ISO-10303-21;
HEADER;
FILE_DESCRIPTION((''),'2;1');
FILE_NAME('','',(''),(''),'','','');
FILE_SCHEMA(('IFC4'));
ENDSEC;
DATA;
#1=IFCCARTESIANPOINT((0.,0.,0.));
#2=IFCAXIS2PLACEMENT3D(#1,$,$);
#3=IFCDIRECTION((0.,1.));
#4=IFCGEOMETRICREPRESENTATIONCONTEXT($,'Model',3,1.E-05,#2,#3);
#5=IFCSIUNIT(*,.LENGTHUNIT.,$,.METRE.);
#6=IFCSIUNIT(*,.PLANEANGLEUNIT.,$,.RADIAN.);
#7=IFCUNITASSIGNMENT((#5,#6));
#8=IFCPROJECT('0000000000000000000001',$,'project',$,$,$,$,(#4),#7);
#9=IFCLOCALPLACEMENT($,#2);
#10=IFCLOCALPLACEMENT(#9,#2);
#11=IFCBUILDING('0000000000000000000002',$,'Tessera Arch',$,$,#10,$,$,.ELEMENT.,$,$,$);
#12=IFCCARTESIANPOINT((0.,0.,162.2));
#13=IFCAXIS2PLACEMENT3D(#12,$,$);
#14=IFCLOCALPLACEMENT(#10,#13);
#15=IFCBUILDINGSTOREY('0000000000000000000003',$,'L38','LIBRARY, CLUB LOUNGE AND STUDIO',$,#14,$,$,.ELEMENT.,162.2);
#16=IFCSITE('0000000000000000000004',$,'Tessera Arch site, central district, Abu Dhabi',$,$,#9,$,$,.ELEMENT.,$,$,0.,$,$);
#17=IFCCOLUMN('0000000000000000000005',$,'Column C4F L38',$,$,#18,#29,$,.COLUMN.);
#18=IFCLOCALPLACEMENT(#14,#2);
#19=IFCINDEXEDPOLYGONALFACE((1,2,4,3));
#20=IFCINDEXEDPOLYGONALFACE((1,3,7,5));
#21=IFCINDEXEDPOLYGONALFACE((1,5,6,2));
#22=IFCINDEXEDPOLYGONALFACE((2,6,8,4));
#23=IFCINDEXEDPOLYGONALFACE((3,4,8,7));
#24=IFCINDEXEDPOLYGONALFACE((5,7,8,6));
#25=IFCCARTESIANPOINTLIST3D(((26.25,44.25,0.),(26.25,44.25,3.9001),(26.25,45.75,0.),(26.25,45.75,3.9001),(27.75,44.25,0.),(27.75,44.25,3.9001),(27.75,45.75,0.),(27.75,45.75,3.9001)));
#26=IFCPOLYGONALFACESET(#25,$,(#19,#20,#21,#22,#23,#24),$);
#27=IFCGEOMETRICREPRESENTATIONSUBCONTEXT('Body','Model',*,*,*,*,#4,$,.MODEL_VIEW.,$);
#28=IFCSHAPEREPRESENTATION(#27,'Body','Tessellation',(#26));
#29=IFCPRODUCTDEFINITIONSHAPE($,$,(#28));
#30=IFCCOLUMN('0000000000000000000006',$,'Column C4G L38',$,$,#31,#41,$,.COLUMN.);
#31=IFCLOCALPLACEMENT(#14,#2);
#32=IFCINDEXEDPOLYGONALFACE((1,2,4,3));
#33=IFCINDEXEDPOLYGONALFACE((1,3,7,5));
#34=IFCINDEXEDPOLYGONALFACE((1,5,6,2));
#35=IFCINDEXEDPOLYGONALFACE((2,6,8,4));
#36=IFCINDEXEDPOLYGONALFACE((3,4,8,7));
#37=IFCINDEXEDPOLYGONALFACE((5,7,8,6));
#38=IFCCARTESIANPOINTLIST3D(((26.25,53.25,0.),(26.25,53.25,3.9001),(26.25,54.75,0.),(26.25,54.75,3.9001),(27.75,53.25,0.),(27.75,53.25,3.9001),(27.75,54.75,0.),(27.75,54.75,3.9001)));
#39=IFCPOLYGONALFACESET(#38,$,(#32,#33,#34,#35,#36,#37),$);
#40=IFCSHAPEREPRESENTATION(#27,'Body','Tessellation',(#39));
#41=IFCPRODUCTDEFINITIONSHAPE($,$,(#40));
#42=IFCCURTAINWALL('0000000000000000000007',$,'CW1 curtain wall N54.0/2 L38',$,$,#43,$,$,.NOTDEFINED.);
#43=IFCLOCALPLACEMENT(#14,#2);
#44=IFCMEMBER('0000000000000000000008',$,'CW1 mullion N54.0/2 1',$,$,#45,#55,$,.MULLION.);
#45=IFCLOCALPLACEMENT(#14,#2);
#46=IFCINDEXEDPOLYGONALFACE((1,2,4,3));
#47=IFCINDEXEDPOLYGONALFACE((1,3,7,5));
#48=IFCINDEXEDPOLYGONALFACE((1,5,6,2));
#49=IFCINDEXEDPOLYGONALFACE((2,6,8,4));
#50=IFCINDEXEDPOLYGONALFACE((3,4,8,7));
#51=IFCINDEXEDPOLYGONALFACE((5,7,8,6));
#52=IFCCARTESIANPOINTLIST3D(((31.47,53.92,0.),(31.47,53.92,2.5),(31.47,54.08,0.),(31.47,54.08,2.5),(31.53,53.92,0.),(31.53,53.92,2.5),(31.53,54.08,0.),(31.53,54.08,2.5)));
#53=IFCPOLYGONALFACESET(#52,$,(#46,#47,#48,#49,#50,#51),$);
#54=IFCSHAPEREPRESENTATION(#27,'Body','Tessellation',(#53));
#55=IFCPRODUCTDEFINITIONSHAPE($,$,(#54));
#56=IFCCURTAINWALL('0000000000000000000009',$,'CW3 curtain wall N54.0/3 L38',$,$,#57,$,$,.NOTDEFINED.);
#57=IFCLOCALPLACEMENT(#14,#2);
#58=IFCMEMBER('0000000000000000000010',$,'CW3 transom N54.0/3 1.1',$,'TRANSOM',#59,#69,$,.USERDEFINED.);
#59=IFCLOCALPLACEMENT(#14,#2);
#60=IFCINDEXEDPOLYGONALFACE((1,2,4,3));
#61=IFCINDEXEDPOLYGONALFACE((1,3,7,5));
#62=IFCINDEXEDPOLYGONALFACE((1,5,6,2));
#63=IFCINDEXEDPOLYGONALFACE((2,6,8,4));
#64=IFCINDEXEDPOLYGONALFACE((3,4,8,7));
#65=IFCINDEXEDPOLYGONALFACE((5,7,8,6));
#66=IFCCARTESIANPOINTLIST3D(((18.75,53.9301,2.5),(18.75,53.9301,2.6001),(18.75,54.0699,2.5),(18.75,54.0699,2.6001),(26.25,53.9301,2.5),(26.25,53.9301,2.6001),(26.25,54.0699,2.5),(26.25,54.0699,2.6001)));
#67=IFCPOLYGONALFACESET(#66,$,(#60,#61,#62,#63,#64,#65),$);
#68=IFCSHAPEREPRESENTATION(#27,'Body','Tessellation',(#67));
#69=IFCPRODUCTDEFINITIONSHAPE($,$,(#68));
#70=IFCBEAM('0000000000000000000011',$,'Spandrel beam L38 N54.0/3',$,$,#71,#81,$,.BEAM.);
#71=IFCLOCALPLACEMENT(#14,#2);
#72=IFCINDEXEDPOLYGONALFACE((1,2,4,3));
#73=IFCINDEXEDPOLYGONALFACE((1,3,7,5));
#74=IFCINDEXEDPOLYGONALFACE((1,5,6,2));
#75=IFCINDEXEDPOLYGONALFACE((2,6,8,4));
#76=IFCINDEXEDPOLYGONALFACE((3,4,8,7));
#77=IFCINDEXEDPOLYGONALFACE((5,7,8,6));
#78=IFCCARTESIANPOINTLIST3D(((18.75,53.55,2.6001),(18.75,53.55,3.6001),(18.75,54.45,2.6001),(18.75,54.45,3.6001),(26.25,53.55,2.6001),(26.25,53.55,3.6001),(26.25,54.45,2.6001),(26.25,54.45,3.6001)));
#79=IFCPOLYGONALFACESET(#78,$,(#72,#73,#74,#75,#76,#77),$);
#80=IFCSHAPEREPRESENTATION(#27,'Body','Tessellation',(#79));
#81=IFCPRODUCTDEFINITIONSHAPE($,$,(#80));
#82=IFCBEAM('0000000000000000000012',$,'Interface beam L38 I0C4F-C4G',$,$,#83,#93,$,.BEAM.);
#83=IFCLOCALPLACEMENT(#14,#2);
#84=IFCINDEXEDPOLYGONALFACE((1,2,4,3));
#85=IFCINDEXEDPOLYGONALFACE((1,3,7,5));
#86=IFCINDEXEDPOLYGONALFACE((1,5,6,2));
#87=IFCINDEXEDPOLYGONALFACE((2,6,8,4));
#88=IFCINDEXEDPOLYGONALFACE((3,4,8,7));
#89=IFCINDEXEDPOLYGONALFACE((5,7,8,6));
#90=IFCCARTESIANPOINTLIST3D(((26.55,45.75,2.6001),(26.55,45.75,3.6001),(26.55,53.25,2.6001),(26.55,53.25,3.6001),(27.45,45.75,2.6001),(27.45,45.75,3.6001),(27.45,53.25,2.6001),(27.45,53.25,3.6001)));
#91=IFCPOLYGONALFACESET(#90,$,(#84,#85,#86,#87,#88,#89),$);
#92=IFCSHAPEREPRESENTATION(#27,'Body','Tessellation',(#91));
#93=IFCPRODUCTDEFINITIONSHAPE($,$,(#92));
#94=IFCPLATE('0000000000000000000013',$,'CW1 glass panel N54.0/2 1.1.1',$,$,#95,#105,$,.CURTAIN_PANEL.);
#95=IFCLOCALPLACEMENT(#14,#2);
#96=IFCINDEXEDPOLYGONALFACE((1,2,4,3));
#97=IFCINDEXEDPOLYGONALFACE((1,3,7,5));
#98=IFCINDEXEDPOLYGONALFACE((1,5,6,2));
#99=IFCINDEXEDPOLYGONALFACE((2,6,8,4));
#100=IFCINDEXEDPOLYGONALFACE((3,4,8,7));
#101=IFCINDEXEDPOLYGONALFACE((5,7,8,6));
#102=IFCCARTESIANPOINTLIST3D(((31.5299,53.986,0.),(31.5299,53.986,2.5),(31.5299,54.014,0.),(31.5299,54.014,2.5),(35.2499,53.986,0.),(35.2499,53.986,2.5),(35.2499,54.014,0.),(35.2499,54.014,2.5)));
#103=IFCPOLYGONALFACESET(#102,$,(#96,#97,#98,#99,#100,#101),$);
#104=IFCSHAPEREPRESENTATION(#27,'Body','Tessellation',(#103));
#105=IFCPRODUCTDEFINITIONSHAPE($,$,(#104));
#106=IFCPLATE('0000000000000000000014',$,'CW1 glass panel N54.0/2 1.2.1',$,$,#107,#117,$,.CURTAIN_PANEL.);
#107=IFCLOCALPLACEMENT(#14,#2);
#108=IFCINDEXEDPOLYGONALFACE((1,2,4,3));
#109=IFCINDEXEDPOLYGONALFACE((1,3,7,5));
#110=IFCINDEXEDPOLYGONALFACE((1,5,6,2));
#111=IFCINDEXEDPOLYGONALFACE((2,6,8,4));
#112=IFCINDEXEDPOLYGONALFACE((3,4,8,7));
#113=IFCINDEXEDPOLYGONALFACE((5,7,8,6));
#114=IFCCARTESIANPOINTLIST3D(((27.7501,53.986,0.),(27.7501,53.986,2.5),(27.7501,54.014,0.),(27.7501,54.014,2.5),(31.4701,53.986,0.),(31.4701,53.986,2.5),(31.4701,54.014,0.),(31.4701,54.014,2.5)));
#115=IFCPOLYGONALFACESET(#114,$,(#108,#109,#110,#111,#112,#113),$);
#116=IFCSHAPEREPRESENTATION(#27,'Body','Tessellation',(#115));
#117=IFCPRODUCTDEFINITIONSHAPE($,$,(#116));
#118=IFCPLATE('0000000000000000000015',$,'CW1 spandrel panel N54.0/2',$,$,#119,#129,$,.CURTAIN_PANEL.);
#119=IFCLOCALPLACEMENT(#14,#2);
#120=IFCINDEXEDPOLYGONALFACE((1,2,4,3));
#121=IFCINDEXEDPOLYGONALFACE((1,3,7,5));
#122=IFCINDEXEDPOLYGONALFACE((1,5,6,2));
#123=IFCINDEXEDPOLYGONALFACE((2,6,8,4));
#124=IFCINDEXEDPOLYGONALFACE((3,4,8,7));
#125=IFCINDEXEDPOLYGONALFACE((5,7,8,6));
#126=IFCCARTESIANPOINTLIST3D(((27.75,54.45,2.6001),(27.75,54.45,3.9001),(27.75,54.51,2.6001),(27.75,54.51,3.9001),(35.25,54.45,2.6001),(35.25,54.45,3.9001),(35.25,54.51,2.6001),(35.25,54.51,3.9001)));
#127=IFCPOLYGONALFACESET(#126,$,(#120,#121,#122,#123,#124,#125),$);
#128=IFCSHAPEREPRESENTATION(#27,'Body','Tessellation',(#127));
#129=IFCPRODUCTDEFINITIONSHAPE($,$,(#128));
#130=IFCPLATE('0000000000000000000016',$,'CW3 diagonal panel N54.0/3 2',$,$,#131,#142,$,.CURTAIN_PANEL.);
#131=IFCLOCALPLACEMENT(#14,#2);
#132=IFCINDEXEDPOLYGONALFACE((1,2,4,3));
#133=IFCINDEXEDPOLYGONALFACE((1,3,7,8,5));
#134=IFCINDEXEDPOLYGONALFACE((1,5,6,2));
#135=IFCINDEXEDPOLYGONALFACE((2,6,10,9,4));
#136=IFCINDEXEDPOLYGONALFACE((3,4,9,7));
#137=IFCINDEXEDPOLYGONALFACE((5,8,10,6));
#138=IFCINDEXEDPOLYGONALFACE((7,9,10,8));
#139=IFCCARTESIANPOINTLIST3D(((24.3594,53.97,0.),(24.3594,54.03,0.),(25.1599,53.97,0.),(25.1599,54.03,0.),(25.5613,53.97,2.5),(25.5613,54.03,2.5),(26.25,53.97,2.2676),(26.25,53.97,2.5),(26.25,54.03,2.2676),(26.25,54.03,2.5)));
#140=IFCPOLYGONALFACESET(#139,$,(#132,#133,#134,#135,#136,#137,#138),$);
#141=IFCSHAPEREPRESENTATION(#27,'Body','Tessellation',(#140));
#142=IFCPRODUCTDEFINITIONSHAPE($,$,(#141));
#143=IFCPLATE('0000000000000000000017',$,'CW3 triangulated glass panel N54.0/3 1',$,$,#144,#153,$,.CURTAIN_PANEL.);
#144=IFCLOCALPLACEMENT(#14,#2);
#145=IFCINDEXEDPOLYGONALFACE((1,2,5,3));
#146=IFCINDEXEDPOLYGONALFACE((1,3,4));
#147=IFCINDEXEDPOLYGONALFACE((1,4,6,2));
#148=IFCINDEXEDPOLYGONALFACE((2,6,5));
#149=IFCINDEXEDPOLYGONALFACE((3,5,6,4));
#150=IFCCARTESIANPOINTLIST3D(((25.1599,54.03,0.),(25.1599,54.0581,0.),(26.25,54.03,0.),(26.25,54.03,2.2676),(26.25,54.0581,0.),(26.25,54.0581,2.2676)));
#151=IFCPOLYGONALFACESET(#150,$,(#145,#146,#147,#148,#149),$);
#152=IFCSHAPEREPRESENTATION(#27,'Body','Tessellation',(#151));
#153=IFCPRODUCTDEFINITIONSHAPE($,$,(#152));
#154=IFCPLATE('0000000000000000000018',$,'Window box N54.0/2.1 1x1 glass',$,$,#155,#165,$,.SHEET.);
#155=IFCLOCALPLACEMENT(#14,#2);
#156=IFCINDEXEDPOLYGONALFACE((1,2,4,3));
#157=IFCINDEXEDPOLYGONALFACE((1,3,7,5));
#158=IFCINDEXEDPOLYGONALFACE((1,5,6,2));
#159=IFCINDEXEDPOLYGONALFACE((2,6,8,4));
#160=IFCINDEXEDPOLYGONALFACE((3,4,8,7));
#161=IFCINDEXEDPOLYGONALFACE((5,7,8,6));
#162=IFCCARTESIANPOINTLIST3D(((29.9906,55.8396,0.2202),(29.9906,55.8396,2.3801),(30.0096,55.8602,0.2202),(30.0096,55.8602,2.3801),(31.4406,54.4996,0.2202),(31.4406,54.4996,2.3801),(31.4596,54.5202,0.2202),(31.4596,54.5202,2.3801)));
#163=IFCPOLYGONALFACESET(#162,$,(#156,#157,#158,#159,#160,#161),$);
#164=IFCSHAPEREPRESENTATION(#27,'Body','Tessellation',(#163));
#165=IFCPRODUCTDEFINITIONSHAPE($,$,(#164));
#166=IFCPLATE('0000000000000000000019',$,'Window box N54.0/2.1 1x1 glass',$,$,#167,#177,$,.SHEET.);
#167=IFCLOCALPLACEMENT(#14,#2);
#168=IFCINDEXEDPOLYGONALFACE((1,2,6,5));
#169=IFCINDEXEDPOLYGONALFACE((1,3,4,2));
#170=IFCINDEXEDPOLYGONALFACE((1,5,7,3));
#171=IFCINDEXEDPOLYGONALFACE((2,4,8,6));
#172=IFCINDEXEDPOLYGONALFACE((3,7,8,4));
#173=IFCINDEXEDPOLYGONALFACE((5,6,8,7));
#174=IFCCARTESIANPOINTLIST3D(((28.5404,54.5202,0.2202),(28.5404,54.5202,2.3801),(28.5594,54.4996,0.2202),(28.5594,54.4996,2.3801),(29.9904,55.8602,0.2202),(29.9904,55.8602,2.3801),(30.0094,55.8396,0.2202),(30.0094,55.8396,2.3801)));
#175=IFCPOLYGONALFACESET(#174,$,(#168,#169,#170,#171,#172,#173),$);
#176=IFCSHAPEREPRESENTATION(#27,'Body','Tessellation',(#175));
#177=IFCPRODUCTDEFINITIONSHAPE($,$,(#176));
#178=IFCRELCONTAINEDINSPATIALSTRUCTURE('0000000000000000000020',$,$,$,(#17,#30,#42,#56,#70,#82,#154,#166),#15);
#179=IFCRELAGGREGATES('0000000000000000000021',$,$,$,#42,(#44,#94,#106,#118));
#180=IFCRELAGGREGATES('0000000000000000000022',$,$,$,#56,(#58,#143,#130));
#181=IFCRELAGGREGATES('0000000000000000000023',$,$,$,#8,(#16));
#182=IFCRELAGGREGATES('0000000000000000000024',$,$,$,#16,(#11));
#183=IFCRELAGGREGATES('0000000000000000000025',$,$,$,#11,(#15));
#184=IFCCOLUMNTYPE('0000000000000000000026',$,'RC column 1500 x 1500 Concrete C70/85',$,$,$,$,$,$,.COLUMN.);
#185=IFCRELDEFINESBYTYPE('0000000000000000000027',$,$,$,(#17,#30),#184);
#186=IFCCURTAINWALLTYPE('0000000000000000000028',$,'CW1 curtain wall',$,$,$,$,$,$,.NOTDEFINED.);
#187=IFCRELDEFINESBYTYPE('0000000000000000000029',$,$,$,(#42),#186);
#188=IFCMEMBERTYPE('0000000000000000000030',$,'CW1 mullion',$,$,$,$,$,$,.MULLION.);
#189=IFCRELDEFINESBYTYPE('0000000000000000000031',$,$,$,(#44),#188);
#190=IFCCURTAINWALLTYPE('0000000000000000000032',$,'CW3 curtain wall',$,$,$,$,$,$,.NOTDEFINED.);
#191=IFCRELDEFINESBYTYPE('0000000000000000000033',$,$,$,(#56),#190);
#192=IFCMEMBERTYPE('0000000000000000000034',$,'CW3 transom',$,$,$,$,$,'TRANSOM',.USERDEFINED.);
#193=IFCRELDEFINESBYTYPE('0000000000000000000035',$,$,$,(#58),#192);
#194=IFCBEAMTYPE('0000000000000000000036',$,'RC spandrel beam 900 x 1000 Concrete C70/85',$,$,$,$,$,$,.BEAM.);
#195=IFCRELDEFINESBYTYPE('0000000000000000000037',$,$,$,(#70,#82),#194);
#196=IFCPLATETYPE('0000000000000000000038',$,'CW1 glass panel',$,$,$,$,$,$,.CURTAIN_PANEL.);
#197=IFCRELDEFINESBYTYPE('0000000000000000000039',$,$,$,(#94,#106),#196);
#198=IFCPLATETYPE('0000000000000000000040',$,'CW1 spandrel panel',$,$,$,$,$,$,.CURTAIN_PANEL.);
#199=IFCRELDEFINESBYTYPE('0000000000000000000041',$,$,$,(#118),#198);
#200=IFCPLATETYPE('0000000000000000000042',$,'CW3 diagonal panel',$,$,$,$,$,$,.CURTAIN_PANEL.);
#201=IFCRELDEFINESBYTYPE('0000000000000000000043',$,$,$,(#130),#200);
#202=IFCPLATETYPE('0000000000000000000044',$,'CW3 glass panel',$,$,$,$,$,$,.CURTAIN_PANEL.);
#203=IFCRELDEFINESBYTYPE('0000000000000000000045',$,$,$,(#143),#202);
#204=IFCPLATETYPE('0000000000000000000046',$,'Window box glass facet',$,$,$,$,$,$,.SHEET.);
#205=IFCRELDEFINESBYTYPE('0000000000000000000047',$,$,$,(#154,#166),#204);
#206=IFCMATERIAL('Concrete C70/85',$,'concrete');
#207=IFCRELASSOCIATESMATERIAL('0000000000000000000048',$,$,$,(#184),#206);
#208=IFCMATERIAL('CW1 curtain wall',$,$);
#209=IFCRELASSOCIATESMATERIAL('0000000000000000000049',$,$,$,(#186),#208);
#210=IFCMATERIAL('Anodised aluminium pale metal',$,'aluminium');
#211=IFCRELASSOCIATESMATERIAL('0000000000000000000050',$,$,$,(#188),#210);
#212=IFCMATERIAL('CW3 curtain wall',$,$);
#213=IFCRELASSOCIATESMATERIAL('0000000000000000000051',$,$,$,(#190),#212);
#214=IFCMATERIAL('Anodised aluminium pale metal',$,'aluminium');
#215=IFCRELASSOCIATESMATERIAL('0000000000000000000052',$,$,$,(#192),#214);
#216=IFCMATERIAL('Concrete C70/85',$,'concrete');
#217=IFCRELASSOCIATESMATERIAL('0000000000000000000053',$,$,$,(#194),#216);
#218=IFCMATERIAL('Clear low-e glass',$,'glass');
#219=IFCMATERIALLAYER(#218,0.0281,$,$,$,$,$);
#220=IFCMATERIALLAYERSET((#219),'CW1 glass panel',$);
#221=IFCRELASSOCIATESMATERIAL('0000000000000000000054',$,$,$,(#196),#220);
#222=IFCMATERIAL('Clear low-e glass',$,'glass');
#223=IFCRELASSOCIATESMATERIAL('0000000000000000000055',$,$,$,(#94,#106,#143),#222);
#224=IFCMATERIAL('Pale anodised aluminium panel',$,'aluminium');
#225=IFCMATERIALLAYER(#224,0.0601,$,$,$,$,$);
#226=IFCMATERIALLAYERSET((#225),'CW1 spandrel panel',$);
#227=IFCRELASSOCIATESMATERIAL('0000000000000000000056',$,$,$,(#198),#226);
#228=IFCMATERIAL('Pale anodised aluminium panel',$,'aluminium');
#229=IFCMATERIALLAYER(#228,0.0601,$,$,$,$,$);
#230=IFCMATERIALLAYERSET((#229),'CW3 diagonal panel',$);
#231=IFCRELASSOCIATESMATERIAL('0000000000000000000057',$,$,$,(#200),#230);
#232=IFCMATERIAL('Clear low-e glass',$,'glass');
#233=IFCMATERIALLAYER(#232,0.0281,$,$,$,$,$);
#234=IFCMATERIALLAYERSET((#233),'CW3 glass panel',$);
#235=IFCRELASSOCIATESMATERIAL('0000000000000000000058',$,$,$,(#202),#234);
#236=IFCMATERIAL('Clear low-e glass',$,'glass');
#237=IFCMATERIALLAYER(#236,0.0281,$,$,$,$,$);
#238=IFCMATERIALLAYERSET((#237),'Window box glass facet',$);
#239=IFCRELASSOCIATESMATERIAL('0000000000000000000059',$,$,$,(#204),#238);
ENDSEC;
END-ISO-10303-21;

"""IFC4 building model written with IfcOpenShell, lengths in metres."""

from ifc_helpers import new_model, si_unit, direction, frame, origin, origin_2d, place, context, subcontext, project, spatial, polyline, rectangle, outline, extrude, material, layer, layer_set, material_profile, profile_set, type_object, element, aggregate, save


model = new_model("IFC4")

# Units and contexts
model_context = context("Model", 3, precision=1e-05, world=origin(), true_north=direction((0.0, 1.0)))
body_context = subcontext(model_context, "Body", "Model", "MODEL_VIEW")
ifc_project = project(units=[si_unit("LENGTHUNIT", "METRE"), si_unit("PLANEANGLEUNIT", "RADIAN")], contexts=[model_context])

# Site, building, storey
site_placement = place(None, origin())
site = spatial("IfcSite", under=ifc_project, at=site_placement, Name="Tessera Arch site, central district, Abu Dhabi", CompositionType="ELEMENT", RefElevation=0.0)
building_placement = place(site_placement, origin())
building = spatial("IfcBuilding", under=site, at=building_placement, Name="Tessera Arch", CompositionType="ELEMENT")
storey_placement = place(building_placement, frame((0.0, 0.0, 162.2)))
storey = spatial("IfcBuildingStorey", under=building, at=storey_placement, Name="L38", Description="LIBRARY, CLUB LOUNGE AND STUDIO", CompositionType="ELEMENT", Elevation=162.2)

# Columns
ifc_material_1 = material(Name="Concrete C70/85", Category="concrete")
ifc_material_profile_1 = material_profile(ifc_material_1, rectangle(XDim=1.5, YDim=1.5, at=origin_2d()), Name="RC column 1500 x 1500 Concrete C70/85")
ifc_profile_set_1 = profile_set([ifc_material_profile_1], Name="Concrete C70/85")
column_type = type_object("IfcColumnType", Name="RC column 1500 x 1500 Concrete C70/85", PredefinedType="COLUMN", material=ifc_profile_set_1)
for number, where, z_axis, x_axis, name in (
    (1, (27.0, 45.0, 0.0), (0.0, 0.0, 1.0), (1.0, 0.0, 0.0), "Column C4F L38"),
    (2, (27.0, 54.0, 0.0), (0.0, 0.0, 1.0), (1.0, 0.0, 0.0), "Column C4G L38"),
):
    element("IfcColumn", number, at=place(storey_placement, frame(where, z_axis=z_axis, x_axis=x_axis)), inside=storey, type_object=column_type, Name=name, PredefinedType="COLUMN", context=body_context, shape_type="SweptSolid", body=[
        extrude(rectangle(XDim=1.5, YDim=1.5, at=origin_2d()), origin(), (0.0, 0.0, 1.0), 3.9001),
    ])

# Curtain walls, members
ifc_material_2 = material(Name="CW1 curtain wall")
curtain_wall_type_1 = type_object("IfcCurtainWallType", Name="CW1 curtain wall", PredefinedType="NOTDEFINED", material=ifc_material_2)
curtain_wall_1_placement = place(storey_placement, origin())
curtain_wall_1 = element("IfcCurtainWall", 3, at=curtain_wall_1_placement, inside=storey, type_object=curtain_wall_type_1, Name="CW1 curtain wall N54.0/2 L38", PredefinedType="NOTDEFINED")
ifc_material_3 = material(Name="Anodised aluminium pale metal", Category="aluminium")
ifc_material_profile_2 = material_profile(ifc_material_3, rectangle(XDim=0.1599, YDim=0.0601, at=origin_2d()), Name="AL 60x160")
ifc_profile_set_2 = profile_set([ifc_material_profile_2], Name="Anodised aluminium pale metal")
member_type_1 = type_object("IfcMemberType", Name="CW1 mullion", PredefinedType="MULLION", material=ifc_profile_set_2)
member_1_placement = place(storey_placement, frame((31.5, 54.0, 0.0), z_axis=(0.0, 0.0, 1.0), x_axis=(0.0, -1.0, 0.0)))
member_1 = element("IfcMember", 4, at=member_1_placement, type_object=member_type_1, Name="CW1 mullion N54.0/2 1", PredefinedType="MULLION", context=body_context, shape_type="SweptSolid", body=[
    extrude(rectangle(XDim=0.1599, YDim=0.0601, at=origin_2d()), origin(), (0.0, 0.0, 1.0), 2.5),
])
ifc_material_4 = material(Name="CW3 curtain wall")
curtain_wall_type_2 = type_object("IfcCurtainWallType", Name="CW3 curtain wall", PredefinedType="NOTDEFINED", material=ifc_material_4)
curtain_wall_2_placement = place(storey_placement, origin())
curtain_wall_2 = element("IfcCurtainWall", 5, at=curtain_wall_2_placement, inside=storey, type_object=curtain_wall_type_2, Name="CW3 curtain wall N54.0/3 L38", PredefinedType="NOTDEFINED")
ifc_material_5 = material(Name="Anodised aluminium pale metal", Category="aluminium")
ifc_material_profile_3 = material_profile(ifc_material_5, rectangle(XDim=0.1399, YDim=0.1001, at=origin_2d()), Name="AL 140x100")
ifc_profile_set_3 = profile_set([ifc_material_profile_3], Name="Anodised aluminium pale metal")
member_type_2 = type_object("IfcMemberType", Name="CW3 transom", ElementType="TRANSOM", PredefinedType="USERDEFINED", material=ifc_profile_set_3)
member_2_placement = place(storey_placement, frame((26.25, 54.0, 2.55), z_axis=(-1.0, 0.0, 0.0), x_axis=(0.0, -1.0, 0.0)))
member_2 = element("IfcMember", 6, at=member_2_placement, type_object=member_type_2, Name="CW3 transom N54.0/3 1.1", ObjectType="TRANSOM", PredefinedType="USERDEFINED", context=body_context, shape_type="SweptSolid", body=[
    extrude(rectangle(XDim=0.1399, YDim=0.1001, at=origin_2d()), origin(), (0.0, 0.0, 1.0), 7.5),
])

# Beams
ifc_material_6 = material(Name="Concrete C70/85", Category="concrete")
ifc_material_profile_4 = material_profile(ifc_material_6, rectangle(XDim=0.8999, YDim=1.0, at=origin_2d()), Name="RC spandrel beam 900 x 1000 Concrete C70/85")
ifc_profile_set_4 = profile_set([ifc_material_profile_4], Name="Concrete C70/85")
beam_type = type_object("IfcBeamType", Name="RC spandrel beam 900 x 1000 Concrete C70/85", PredefinedType="BEAM", material=ifc_profile_set_4)
for number, where, z_axis, x_axis, name in (
    (7, (26.25, 54.0, 3.1001), (-1.0, 0.0, 0.0), (0.0, -1.0, 0.0), "Spandrel beam L38 N54.0/3"),
    (8, (27.0, 45.75, 3.1001), (0.0, 1.0, 0.0), (-1.0, 0.0, 0.0), "Interface beam L38 I0C4F-C4G"),
):
    element("IfcBeam", number, at=place(storey_placement, frame(where, z_axis=z_axis, x_axis=x_axis)), inside=storey, type_object=beam_type, Name=name, PredefinedType="BEAM", context=body_context, shape_type="SweptSolid", body=[
        extrude(rectangle(XDim=0.8999, YDim=1.0, at=origin_2d()), origin(), (0.0, 0.0, 1.0), 7.5),
    ])

# Plates
ifc_material_7 = material(Name="Clear low-e glass", Category="glass")
ifc_material_8 = material(Name="Clear low-e glass", Category="glass")
ifc_layer_1 = layer(ifc_material_8, 0.0281)
ifc_layer_set_1 = layer_set([ifc_layer_1], Name="CW1 glass panel")
plate_type_1 = type_object("IfcPlateType", Name="CW1 glass panel", PredefinedType="CURTAIN_PANEL", material=ifc_layer_set_1)
plate_1_placement = place(storey_placement, frame((33.3899, 54.0, 0.0), z_axis=(0.0, 0.0, 1.0), x_axis=(-1.0, 0.0, 0.0)))
plate_1 = element("IfcPlate", 9, at=plate_1_placement, type_object=plate_type_1, material=ifc_material_7, Name="CW1 glass panel N54.0/2 1.1.1", PredefinedType="CURTAIN_PANEL", context=body_context, shape_type="SweptSolid", body=[
    extrude(rectangle(XDim=3.72, YDim=0.0281, at=origin_2d()), origin(), (0.0, 0.0, 1.0), 2.5),
])
plate_2_placement = place(storey_placement, frame((29.6101, 54.0, 0.0), z_axis=(0.0, 0.0, 1.0), x_axis=(-1.0, 0.0, 0.0)))
plate_2 = element("IfcPlate", 10, at=plate_2_placement, type_object=plate_type_1, material=ifc_material_7, Name="CW1 glass panel N54.0/2 1.2.1", PredefinedType="CURTAIN_PANEL", context=body_context, shape_type="SweptSolid", body=[
    extrude(rectangle(XDim=3.72, YDim=0.0281, at=origin_2d()), origin(), (0.0, 0.0, 1.0), 2.5),
])
ifc_material_9 = material(Name="Pale anodised aluminium panel", Category="aluminium")
ifc_layer_2 = layer(ifc_material_9, 0.0601)
ifc_layer_set_2 = layer_set([ifc_layer_2], Name="CW1 spandrel panel")
plate_type_2 = type_object("IfcPlateType", Name="CW1 spandrel panel", PredefinedType="CURTAIN_PANEL", material=ifc_layer_set_2)
plate_3_placement = place(storey_placement, frame((31.5, 54.48, 2.6001), z_axis=(0.0, 0.0, 1.0), x_axis=(-1.0, 0.0, 0.0)))
plate_3 = element("IfcPlate", 11, at=plate_3_placement, type_object=plate_type_2, Name="CW1 spandrel panel N54.0/2", PredefinedType="CURTAIN_PANEL", context=body_context, shape_type="SweptSolid", body=[
    extrude(rectangle(XDim=7.5, YDim=0.0601, at=origin_2d()), origin(), (0.0, 0.0, 1.0), 1.3),
])
aggregate(curtain_wall_1, [member_1, plate_1, plate_2, plate_3])
ifc_material_10 = material(Name="Pale anodised aluminium panel", Category="aluminium")
ifc_layer_3 = layer(ifc_material_10, 0.0601)
ifc_layer_set_3 = layer_set([ifc_layer_3], Name="CW3 diagonal panel")
plate_type_3 = type_object("IfcPlateType", Name="CW3 diagonal panel", PredefinedType="CURTAIN_PANEL", material=ifc_layer_set_3)
plate_4_placement = place(storey_placement, frame((26.25, 54.03, 2.5), z_axis=(0.0, 1.0, 0.0), x_axis=(0.0, 0.0, -1.0)))
plate_4 = element("IfcPlate", 12, at=plate_4_placement, type_object=plate_type_3, Name="CW3 diagonal panel N54.0/3 2", PredefinedType="CURTAIN_PANEL", context=body_context, shape_type="SweptSolid", body=[
    extrude(outline(polyline([(0.0, 0.0), (0.2324, 0.0), (2.5, 1.0901), (2.5, 1.8906), (0.0, 0.6887), (0.0, 0.0)])), origin(), (0.0, 0.0, -1.0), 0.0601),
])
ifc_material_11 = material(Name="Clear low-e glass", Category="glass")
ifc_layer_4 = layer(ifc_material_11, 0.0281)
ifc_layer_set_4 = layer_set([ifc_layer_4], Name="CW3 glass panel")
plate_type_4 = type_object("IfcPlateType", Name="CW3 glass panel", PredefinedType="CURTAIN_PANEL", material=ifc_layer_set_4)
plate_5_placement = place(storey_placement, frame((26.25, 54.0581, 0.0), z_axis=(0.0, 1.0, 0.0), x_axis=(-1.0, 0.0, 0.0)))
plate_5 = element("IfcPlate", 13, at=plate_5_placement, type_object=plate_type_4, material=ifc_material_7, Name="CW3 triangulated glass panel N54.0/3 1", PredefinedType="CURTAIN_PANEL", context=body_context, shape_type="SweptSolid", body=[
    extrude(outline(polyline([(0.0, 0.0), (1.0901, 0.0), (0.0, 2.2676), (0.0, 0.0)])), origin(), (0.0, 0.0, -1.0), 0.0281),
])
aggregate(curtain_wall_2, [member_2, plate_5, plate_4])

# Plates
ifc_material_12 = material(Name="Clear low-e glass", Category="glass")
ifc_layer_5 = layer(ifc_material_12, 0.0281)
ifc_layer_set_5 = layer_set([ifc_layer_5], Name="Window box glass facet")
plate_type_5 = type_object("IfcPlateType", Name="Window box glass facet", PredefinedType="SHEET", material=ifc_layer_set_5)
for number, where, z_axis, x_axis, name in (
    (14, (30.7251, 55.1799, 0.2202), (0.0, 0.0, 1.0), (-0.734415, 0.678701, 0.0), "Window box N54.0/2.1 1x1 glass"),
    (15, (29.2749, 55.1799, 0.2202), (0.0, 0.0, 1.0), (0.734415, 0.678701, 0.0), "Window box N54.0/2.1 1x1 glass"),
):
    element("IfcPlate", number, at=place(storey_placement, frame(where, z_axis=z_axis, x_axis=x_axis)), inside=storey, type_object=plate_type_5, Name=name, PredefinedType="SHEET", context=body_context, shape_type="SweptSolid", body=[
        extrude(rectangle(XDim=1.9744, YDim=0.0281, at=origin_2d()), origin(), (0.0, 0.0, 1.0), 2.1599),
    ])

save(model, "model.ifc")
